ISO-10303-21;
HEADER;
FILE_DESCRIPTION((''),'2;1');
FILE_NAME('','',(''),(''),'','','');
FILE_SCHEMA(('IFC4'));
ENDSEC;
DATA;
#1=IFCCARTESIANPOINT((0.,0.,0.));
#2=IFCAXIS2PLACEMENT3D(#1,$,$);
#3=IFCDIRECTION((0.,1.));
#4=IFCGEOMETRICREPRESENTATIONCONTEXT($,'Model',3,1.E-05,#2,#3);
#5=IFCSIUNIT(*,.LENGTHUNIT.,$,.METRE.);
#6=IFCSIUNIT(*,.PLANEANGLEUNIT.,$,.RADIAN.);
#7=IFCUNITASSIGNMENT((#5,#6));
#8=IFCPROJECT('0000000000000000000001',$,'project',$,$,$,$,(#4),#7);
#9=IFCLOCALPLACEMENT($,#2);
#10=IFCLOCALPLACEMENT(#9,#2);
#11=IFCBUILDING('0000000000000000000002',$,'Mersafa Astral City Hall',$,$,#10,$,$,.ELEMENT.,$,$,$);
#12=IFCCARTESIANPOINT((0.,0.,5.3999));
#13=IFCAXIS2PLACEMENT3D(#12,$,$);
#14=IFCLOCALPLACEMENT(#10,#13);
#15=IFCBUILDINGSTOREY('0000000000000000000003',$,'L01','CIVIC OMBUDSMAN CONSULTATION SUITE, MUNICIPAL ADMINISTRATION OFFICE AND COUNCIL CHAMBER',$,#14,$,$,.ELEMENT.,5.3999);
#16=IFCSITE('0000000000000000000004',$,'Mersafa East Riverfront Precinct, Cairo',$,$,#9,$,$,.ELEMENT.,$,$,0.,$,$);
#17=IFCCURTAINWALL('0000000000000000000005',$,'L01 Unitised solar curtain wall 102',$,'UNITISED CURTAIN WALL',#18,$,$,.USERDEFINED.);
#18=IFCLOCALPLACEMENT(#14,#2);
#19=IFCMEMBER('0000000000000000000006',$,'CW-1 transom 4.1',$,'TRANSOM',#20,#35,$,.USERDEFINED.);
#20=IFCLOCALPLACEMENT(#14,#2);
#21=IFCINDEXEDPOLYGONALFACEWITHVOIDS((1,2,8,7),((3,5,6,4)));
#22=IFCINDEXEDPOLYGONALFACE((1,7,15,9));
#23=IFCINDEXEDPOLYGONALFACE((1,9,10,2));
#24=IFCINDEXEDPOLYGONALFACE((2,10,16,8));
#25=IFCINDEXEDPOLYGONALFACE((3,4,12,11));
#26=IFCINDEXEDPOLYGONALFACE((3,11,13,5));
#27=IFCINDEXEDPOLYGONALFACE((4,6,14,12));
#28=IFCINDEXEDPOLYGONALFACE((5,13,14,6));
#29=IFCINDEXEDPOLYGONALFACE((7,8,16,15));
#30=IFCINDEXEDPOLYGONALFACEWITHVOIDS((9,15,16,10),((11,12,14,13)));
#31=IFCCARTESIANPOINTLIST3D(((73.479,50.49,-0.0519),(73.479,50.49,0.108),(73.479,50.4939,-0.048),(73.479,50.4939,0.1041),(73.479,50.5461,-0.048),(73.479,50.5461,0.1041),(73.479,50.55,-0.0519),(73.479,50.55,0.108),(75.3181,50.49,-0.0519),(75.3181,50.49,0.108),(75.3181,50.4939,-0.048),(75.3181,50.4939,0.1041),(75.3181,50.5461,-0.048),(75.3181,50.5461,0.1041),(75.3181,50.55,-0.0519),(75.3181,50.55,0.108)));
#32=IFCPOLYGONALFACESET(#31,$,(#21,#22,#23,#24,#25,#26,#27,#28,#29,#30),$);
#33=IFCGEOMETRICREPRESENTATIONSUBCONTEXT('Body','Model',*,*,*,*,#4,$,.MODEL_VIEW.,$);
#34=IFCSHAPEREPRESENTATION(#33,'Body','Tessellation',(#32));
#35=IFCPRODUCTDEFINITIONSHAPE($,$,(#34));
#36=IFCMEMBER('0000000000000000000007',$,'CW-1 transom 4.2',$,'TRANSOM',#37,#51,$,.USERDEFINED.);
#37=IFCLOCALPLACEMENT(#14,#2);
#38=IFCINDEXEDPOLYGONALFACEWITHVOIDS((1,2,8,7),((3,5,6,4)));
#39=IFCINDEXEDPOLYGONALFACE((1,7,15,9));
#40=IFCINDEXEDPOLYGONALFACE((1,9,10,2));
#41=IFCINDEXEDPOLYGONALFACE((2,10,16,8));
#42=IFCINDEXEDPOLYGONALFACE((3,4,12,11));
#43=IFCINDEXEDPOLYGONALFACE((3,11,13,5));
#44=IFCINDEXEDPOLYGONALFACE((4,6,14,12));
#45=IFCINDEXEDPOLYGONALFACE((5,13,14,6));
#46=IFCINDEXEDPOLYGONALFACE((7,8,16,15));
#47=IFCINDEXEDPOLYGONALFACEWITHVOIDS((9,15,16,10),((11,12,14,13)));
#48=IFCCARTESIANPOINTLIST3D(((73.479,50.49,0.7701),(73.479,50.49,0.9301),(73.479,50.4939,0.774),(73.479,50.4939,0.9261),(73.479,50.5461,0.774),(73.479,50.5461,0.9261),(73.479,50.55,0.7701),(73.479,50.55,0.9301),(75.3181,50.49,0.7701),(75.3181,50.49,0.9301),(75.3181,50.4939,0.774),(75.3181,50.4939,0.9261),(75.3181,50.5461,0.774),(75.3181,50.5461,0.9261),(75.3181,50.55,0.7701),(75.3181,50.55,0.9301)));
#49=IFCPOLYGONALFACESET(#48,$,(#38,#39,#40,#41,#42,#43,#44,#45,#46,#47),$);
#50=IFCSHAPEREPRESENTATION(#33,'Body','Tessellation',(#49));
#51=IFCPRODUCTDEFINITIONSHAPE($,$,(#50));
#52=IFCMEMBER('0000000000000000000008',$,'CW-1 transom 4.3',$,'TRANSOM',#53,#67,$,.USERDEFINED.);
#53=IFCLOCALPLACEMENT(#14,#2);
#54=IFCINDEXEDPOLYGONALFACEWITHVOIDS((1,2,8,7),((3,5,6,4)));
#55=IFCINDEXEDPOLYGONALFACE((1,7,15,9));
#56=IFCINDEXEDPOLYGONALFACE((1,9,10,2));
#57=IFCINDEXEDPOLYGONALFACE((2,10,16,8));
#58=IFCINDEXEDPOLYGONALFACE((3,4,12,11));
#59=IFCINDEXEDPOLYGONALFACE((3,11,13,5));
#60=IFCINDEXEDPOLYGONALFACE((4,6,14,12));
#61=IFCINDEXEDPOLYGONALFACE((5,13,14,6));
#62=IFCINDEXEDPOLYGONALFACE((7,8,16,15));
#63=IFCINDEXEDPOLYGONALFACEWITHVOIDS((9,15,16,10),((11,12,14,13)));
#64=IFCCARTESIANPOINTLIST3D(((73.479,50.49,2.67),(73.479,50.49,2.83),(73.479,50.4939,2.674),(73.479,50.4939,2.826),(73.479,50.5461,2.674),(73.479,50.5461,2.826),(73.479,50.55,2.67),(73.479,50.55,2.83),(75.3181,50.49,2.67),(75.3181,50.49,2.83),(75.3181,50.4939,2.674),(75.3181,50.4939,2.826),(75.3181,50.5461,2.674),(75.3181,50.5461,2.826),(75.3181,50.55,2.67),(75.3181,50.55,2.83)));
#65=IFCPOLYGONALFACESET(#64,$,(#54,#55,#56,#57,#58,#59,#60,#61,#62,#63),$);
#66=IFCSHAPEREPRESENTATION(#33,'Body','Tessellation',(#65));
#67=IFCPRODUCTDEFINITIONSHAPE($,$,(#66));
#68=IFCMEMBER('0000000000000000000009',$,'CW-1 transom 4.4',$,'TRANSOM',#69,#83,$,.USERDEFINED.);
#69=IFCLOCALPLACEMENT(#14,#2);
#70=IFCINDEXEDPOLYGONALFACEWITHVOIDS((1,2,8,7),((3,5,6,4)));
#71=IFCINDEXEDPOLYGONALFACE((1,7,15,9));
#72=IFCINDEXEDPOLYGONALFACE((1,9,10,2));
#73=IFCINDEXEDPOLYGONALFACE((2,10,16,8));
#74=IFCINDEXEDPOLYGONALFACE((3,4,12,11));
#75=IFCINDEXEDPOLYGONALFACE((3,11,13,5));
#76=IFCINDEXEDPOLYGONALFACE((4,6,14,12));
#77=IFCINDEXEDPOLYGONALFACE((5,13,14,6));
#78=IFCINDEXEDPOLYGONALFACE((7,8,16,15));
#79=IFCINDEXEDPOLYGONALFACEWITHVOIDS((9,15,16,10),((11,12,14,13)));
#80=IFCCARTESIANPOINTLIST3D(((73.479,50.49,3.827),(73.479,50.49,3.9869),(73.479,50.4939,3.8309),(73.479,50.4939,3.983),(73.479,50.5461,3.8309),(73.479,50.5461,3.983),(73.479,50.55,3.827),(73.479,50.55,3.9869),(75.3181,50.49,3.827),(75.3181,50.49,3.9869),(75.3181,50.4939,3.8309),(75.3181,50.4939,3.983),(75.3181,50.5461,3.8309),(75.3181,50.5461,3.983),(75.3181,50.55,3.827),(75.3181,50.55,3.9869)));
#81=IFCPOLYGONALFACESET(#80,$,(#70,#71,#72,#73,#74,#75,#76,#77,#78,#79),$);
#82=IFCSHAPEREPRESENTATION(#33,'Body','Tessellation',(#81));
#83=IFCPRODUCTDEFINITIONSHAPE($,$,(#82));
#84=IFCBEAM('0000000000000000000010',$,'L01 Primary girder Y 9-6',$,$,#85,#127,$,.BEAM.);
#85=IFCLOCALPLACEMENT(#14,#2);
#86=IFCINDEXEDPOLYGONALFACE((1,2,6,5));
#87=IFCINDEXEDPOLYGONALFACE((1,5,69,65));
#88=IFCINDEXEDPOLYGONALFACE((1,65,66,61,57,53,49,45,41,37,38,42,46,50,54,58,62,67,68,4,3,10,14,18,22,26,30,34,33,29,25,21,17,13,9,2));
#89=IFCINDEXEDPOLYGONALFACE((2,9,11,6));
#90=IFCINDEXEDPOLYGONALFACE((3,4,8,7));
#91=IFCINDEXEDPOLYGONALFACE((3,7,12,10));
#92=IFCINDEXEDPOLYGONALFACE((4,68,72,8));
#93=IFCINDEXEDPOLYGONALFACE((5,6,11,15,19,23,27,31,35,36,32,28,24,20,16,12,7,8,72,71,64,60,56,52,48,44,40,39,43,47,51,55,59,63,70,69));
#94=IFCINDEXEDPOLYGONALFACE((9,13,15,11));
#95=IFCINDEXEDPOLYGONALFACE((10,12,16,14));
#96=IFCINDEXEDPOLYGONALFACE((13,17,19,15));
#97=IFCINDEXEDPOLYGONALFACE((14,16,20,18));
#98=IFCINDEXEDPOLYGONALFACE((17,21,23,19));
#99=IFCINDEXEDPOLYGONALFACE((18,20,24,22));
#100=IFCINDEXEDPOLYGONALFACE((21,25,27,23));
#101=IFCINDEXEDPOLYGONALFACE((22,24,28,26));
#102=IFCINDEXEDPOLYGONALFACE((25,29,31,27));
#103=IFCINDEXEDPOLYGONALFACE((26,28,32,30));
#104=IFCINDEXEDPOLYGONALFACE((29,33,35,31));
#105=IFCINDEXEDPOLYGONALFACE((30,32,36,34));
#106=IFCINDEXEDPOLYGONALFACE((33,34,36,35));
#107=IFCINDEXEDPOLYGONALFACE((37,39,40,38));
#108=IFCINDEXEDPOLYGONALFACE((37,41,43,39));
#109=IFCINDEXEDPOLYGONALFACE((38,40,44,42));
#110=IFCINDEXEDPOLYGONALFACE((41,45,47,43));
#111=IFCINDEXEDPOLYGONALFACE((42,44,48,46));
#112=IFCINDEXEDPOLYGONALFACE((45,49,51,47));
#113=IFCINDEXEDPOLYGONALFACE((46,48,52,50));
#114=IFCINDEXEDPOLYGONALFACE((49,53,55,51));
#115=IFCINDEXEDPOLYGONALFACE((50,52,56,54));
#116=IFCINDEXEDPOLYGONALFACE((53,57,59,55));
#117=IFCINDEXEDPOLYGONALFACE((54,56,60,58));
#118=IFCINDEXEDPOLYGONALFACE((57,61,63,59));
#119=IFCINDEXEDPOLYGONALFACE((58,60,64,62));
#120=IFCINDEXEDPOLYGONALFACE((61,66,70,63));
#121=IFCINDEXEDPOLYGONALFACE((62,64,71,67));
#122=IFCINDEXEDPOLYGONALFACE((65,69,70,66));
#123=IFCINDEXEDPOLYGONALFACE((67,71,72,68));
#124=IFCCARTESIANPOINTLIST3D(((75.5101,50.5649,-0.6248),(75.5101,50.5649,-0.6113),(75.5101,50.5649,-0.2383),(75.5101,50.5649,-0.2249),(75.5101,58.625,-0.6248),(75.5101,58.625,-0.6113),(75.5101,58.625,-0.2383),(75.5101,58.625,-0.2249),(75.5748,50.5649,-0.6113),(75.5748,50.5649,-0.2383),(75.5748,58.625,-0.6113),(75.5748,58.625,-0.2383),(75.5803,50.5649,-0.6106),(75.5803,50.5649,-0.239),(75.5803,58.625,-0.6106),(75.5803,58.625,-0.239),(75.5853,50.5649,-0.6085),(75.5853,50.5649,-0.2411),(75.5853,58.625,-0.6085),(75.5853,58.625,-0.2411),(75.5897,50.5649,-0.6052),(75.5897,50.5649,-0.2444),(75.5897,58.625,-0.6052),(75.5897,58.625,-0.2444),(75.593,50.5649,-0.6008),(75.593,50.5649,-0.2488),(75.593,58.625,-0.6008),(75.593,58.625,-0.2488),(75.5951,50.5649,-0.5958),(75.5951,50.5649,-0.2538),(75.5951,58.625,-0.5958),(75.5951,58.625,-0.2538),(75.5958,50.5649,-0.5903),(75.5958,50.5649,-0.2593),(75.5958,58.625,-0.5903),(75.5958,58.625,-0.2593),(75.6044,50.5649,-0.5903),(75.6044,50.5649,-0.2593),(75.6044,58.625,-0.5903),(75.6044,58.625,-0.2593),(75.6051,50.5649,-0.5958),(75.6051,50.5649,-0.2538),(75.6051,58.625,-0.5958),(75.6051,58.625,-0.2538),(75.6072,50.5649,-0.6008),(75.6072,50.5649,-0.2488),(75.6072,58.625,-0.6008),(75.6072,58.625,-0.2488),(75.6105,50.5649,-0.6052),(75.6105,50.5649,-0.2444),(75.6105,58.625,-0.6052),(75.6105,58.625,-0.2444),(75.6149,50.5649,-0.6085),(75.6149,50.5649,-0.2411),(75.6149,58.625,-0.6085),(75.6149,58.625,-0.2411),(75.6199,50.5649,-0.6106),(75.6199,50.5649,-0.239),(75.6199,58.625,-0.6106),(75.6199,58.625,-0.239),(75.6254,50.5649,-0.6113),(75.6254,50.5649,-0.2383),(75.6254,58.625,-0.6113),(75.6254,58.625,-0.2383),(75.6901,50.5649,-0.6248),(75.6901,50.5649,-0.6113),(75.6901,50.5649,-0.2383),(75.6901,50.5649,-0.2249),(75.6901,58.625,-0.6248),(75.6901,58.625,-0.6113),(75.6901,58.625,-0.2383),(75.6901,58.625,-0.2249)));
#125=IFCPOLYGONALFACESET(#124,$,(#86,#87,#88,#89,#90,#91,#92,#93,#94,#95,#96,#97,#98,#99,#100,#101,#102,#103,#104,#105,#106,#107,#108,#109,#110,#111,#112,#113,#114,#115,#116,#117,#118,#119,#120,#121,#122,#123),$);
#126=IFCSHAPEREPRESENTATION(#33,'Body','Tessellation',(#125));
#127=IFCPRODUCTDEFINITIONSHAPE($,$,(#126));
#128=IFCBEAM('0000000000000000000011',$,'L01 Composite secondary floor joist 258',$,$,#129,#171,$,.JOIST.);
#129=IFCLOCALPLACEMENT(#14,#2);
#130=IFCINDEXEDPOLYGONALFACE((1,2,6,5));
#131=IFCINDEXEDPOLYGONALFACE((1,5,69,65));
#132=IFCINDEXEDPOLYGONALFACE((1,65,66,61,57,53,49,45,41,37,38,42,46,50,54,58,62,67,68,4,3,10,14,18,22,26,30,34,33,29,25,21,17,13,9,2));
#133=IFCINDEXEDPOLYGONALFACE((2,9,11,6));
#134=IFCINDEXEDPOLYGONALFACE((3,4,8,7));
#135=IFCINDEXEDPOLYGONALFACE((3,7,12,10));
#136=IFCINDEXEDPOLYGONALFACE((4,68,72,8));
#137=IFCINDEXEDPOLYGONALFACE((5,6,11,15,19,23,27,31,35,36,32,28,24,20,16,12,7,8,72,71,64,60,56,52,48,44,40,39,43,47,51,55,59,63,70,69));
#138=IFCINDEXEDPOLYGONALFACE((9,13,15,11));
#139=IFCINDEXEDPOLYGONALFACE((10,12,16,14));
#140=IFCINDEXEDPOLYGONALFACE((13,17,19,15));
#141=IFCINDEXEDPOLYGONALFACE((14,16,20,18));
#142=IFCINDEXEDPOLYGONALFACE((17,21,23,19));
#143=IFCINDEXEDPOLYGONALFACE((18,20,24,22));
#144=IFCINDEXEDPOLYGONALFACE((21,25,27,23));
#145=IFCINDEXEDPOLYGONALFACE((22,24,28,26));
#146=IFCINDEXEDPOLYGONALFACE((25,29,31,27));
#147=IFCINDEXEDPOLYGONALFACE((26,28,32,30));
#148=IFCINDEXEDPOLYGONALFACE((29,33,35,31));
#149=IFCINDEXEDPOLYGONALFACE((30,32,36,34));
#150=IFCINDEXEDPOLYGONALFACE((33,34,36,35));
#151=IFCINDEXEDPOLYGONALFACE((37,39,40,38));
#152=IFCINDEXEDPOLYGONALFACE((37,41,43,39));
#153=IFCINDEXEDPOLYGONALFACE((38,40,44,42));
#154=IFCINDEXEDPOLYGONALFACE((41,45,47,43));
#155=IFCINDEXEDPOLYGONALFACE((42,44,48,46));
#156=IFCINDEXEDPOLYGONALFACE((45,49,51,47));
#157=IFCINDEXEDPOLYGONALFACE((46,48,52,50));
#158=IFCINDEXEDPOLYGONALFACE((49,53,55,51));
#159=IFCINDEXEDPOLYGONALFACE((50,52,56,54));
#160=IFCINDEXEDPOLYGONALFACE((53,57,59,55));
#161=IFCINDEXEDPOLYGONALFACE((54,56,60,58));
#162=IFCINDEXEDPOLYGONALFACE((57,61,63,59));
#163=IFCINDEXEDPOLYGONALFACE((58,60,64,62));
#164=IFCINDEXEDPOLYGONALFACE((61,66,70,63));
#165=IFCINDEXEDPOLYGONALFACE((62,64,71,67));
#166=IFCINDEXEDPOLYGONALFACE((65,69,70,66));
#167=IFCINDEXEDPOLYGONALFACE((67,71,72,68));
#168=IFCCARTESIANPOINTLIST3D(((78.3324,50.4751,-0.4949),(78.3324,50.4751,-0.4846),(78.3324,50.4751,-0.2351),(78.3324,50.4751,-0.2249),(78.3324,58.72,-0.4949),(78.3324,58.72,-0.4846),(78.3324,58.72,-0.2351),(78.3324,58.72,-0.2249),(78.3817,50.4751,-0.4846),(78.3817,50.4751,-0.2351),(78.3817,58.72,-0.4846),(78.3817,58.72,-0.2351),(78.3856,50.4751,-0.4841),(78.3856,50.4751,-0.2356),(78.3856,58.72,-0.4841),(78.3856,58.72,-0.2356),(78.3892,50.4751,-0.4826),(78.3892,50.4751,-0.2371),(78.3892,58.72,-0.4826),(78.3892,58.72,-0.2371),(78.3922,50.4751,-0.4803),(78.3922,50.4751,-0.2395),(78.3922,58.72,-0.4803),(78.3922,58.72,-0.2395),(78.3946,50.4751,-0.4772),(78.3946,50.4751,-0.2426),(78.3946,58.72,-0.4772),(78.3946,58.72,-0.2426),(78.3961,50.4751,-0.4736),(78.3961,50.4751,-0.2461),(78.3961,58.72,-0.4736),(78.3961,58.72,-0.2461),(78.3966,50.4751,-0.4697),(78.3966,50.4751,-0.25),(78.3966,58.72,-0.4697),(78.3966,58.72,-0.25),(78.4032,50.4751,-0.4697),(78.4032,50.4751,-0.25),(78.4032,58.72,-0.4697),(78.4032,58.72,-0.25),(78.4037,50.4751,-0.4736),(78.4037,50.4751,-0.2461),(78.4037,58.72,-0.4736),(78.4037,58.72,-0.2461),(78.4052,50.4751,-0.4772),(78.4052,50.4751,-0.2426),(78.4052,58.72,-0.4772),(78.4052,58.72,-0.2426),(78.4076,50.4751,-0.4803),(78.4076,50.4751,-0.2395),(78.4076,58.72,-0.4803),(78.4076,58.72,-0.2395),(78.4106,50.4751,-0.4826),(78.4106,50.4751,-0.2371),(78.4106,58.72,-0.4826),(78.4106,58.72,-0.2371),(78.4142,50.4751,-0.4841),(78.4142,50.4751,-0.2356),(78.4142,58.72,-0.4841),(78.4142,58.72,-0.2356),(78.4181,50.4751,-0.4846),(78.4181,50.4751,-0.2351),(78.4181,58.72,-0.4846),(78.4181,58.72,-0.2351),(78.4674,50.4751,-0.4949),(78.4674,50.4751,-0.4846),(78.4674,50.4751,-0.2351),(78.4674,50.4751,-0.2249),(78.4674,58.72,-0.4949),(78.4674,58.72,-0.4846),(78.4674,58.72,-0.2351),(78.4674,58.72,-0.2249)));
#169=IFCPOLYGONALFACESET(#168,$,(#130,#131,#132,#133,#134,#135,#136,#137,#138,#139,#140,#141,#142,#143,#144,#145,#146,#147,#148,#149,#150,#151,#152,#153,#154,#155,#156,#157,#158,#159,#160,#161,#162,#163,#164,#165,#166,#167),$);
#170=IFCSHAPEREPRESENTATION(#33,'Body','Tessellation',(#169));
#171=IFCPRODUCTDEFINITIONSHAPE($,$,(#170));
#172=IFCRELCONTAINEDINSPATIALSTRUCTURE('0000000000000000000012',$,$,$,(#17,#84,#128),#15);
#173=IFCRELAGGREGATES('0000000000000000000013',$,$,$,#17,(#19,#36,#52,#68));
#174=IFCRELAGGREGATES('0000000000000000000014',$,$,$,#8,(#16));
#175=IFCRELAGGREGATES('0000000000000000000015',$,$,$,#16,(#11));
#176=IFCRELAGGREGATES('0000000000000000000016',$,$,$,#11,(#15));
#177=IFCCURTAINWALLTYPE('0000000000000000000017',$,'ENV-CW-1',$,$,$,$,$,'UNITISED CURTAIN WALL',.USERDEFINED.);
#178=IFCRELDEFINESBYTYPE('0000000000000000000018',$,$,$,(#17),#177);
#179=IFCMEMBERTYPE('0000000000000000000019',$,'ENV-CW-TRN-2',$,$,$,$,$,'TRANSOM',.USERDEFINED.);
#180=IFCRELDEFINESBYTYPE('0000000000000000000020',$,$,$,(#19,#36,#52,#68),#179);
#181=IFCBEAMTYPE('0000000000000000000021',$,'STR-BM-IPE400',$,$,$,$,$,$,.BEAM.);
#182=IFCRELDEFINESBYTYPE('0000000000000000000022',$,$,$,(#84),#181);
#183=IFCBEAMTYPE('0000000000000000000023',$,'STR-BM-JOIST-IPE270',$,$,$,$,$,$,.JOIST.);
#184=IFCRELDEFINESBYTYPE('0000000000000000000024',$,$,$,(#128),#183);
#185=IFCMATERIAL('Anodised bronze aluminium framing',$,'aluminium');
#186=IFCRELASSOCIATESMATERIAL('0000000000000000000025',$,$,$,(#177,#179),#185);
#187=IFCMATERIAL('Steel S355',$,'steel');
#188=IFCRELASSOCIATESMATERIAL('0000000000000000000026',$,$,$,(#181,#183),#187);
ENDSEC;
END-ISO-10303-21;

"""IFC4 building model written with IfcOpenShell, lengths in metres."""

from ifc_helpers import new_model, si_unit, direction, frame, origin, origin_2d, place, context, subcontext, project, spatial, hollow_rectangle, i_section, extrude, material, material_profile, profile_set, type_object, element, aggregate, save


model = new_model("IFC4")

# Units and contexts
model_context = context("Model", 3, precision=1e-05, world=origin(), true_north=direction((0.0, 1.0)))
body_context = subcontext(model_context, "Body", "Model", "MODEL_VIEW")
ifc_project = project(units=[si_unit("LENGTHUNIT", "METRE"), si_unit("PLANEANGLEUNIT", "RADIAN")], contexts=[model_context])

# Site, building, storey
site_placement = place(None, origin())
site = spatial("IfcSite", under=ifc_project, at=site_placement, Name="Mersafa East Riverfront Precinct, Cairo", CompositionType="ELEMENT", RefElevation=0.0)
building_placement = place(site_placement, origin())
building = spatial("IfcBuilding", under=site, at=building_placement, Name="Mersafa Astral City Hall", CompositionType="ELEMENT")
storey_placement = place(building_placement, frame((0.0, 0.0, 5.3999)))
storey = spatial("IfcBuildingStorey", under=building, at=storey_placement, Name="L01", Description="CIVIC OMBUDSMAN CONSULTATION SUITE, MUNICIPAL ADMINISTRATION OFFICE AND COUNCIL CHAMBER", CompositionType="ELEMENT", Elevation=5.3999)

# Shared definitions
ifc_material_1 = material(Name="Steel S355", Category="steel")

# Curtain wall
ifc_material_2 = material(Name="Anodised bronze aluminium framing", Category="aluminium")
curtain_wall_type = type_object("IfcCurtainWallType", Name="ENV-CW-1", ElementType="UNITISED CURTAIN WALL", PredefinedType="USERDEFINED", material=ifc_material_2)
curtain_wall_1_placement = place(storey_placement, origin())
curtain_wall_1 = element("IfcCurtainWall", 1, at=curtain_wall_1_placement, inside=storey, type_object=curtain_wall_type, Name="L01 Unitised solar curtain wall 102", ObjectType="UNITISED CURTAIN WALL", PredefinedType="USERDEFINED")

# Members
ifc_material_profile_1 = material_profile(ifc_material_2, hollow_rectangle(XDim=0.0601, YDim=0.1599, WallThickness=0.0039, at=origin_2d()), Name="RHS 60x160x4")
ifc_profile_set_1 = profile_set([ifc_material_profile_1], Name="Anodised bronze aluminium framing")
member_type_1 = type_object("IfcMemberType", Name="ENV-CW-TRN-2", ElementType="TRANSOM", PredefinedType="USERDEFINED", material=ifc_profile_set_1)
member_1_placement = place(storey_placement, frame((73.479, 50.52, 0.0281), z_axis=(1.0, 0.0, 0.0), x_axis=(0.0, 1.0, 0.0)))
member_1 = element("IfcMember", 2, at=member_1_placement, type_object=member_type_1, Name="CW-1 transom 4.1", ObjectType="TRANSOM", PredefinedType="USERDEFINED", context=body_context, shape_type="SweptSolid", body=[
    extrude(hollow_rectangle(XDim=0.0601, YDim=0.1599, WallThickness=0.0039, at=origin_2d()), origin(), (0.0, 0.0, 1.0), 1.8391),
])
member_2_placement = place(storey_placement, frame((73.479, 50.52, 0.8501), z_axis=(1.0, 0.0, 0.0), x_axis=(0.0, 1.0, 0.0)))
member_2 = element("IfcMember", 3, at=member_2_placement, type_object=member_type_1, Name="CW-1 transom 4.2", ObjectType="TRANSOM", PredefinedType="USERDEFINED", context=body_context, shape_type="SweptSolid", body=[
    extrude(hollow_rectangle(XDim=0.0601, YDim=0.1599, WallThickness=0.0039, at=origin_2d()), origin(), (0.0, 0.0, 1.0), 1.8391),
])
member_3_placement = place(storey_placement, frame((73.479, 50.52, 2.75), z_axis=(1.0, 0.0, 0.0), x_axis=(0.0, 1.0, 0.0)))
member_3 = element("IfcMember", 4, at=member_3_placement, type_object=member_type_1, Name="CW-1 transom 4.3", ObjectType="TRANSOM", PredefinedType="USERDEFINED", context=body_context, shape_type="SweptSolid", body=[
    extrude(hollow_rectangle(XDim=0.0601, YDim=0.1599, WallThickness=0.0039, at=origin_2d()), origin(), (0.0, 0.0, 1.0), 1.8391),
])
member_4_placement = place(storey_placement, frame((73.479, 50.52, 3.907), z_axis=(1.0, 0.0, 0.0), x_axis=(0.0, 1.0, 0.0)))
member_4 = element("IfcMember", 5, at=member_4_placement, type_object=member_type_1, Name="CW-1 transom 4.4", ObjectType="TRANSOM", PredefinedType="USERDEFINED", context=body_context, shape_type="SweptSolid", body=[
    extrude(hollow_rectangle(XDim=0.0601, YDim=0.1599, WallThickness=0.0039, at=origin_2d()), origin(), (0.0, 0.0, 1.0), 1.8391),
])

# Beams
ifc_material_profile_2 = material_profile(ifc_material_1, i_section(OverallWidth=0.1799, OverallDepth=0.3999, WebThickness=0.0085, FlangeThickness=0.0134, FilletRadius=0.021, at=origin_2d()), Name="IPE 400")
ifc_profile_set_2 = profile_set([ifc_material_profile_2], Name="Steel S355")
beam_type_1 = type_object("IfcBeamType", Name="STR-BM-IPE400", PredefinedType="BEAM", material=ifc_profile_set_2)
beam_1_placement = place(storey_placement, frame((75.6001, 50.5649, -0.4248), z_axis=(0.0, 1.0, 0.0), x_axis=(-1.0, 0.0, 0.0)))
element("IfcBeam", 6, at=beam_1_placement, inside=storey, type_object=beam_type_1, Name="L01 Primary girder Y 9-6", PredefinedType="BEAM", context=body_context, shape_type="SweptSolid", body=[
    extrude(i_section(OverallWidth=0.1799, OverallDepth=0.3999, WebThickness=0.0085, FlangeThickness=0.0134, FilletRadius=0.021, at=origin_2d()), origin(), (0.0, 0.0, 1.0), 8.0601),
])
ifc_material_profile_3 = material_profile(ifc_material_1, i_section(OverallWidth=0.135, OverallDepth=0.27, WebThickness=0.0066, FlangeThickness=0.0103, FilletRadius=0.0149, at=origin_2d()), Name="IPE 270")
ifc_profile_set_3 = profile_set([ifc_material_profile_3], Name="Steel S355")
beam_type_2 = type_object("IfcBeamType", Name="STR-BM-JOIST-IPE270", PredefinedType="JOIST", material=ifc_profile_set_3)
beam_2_placement = place(storey_placement, frame((78.3999, 50.4751, -0.3599), z_axis=(0.0, 1.0, 0.0), x_axis=(-1.0, 0.0, 0.0)))
element("IfcBeam", 7, at=beam_2_placement, inside=storey, type_object=beam_type_2, Name="L01 Composite secondary floor joist 258", PredefinedType="JOIST", context=body_context, shape_type="SweptSolid", body=[
    extrude(i_section(OverallWidth=0.135, OverallDepth=0.27, WebThickness=0.0066, FlangeThickness=0.0103, FilletRadius=0.0149, at=origin_2d()), origin(), (0.0, 0.0, 1.0), 8.2449),
])

aggregate(curtain_wall_1, [member_1, member_2, member_3, member_4])

save(model, "model.ifc")
